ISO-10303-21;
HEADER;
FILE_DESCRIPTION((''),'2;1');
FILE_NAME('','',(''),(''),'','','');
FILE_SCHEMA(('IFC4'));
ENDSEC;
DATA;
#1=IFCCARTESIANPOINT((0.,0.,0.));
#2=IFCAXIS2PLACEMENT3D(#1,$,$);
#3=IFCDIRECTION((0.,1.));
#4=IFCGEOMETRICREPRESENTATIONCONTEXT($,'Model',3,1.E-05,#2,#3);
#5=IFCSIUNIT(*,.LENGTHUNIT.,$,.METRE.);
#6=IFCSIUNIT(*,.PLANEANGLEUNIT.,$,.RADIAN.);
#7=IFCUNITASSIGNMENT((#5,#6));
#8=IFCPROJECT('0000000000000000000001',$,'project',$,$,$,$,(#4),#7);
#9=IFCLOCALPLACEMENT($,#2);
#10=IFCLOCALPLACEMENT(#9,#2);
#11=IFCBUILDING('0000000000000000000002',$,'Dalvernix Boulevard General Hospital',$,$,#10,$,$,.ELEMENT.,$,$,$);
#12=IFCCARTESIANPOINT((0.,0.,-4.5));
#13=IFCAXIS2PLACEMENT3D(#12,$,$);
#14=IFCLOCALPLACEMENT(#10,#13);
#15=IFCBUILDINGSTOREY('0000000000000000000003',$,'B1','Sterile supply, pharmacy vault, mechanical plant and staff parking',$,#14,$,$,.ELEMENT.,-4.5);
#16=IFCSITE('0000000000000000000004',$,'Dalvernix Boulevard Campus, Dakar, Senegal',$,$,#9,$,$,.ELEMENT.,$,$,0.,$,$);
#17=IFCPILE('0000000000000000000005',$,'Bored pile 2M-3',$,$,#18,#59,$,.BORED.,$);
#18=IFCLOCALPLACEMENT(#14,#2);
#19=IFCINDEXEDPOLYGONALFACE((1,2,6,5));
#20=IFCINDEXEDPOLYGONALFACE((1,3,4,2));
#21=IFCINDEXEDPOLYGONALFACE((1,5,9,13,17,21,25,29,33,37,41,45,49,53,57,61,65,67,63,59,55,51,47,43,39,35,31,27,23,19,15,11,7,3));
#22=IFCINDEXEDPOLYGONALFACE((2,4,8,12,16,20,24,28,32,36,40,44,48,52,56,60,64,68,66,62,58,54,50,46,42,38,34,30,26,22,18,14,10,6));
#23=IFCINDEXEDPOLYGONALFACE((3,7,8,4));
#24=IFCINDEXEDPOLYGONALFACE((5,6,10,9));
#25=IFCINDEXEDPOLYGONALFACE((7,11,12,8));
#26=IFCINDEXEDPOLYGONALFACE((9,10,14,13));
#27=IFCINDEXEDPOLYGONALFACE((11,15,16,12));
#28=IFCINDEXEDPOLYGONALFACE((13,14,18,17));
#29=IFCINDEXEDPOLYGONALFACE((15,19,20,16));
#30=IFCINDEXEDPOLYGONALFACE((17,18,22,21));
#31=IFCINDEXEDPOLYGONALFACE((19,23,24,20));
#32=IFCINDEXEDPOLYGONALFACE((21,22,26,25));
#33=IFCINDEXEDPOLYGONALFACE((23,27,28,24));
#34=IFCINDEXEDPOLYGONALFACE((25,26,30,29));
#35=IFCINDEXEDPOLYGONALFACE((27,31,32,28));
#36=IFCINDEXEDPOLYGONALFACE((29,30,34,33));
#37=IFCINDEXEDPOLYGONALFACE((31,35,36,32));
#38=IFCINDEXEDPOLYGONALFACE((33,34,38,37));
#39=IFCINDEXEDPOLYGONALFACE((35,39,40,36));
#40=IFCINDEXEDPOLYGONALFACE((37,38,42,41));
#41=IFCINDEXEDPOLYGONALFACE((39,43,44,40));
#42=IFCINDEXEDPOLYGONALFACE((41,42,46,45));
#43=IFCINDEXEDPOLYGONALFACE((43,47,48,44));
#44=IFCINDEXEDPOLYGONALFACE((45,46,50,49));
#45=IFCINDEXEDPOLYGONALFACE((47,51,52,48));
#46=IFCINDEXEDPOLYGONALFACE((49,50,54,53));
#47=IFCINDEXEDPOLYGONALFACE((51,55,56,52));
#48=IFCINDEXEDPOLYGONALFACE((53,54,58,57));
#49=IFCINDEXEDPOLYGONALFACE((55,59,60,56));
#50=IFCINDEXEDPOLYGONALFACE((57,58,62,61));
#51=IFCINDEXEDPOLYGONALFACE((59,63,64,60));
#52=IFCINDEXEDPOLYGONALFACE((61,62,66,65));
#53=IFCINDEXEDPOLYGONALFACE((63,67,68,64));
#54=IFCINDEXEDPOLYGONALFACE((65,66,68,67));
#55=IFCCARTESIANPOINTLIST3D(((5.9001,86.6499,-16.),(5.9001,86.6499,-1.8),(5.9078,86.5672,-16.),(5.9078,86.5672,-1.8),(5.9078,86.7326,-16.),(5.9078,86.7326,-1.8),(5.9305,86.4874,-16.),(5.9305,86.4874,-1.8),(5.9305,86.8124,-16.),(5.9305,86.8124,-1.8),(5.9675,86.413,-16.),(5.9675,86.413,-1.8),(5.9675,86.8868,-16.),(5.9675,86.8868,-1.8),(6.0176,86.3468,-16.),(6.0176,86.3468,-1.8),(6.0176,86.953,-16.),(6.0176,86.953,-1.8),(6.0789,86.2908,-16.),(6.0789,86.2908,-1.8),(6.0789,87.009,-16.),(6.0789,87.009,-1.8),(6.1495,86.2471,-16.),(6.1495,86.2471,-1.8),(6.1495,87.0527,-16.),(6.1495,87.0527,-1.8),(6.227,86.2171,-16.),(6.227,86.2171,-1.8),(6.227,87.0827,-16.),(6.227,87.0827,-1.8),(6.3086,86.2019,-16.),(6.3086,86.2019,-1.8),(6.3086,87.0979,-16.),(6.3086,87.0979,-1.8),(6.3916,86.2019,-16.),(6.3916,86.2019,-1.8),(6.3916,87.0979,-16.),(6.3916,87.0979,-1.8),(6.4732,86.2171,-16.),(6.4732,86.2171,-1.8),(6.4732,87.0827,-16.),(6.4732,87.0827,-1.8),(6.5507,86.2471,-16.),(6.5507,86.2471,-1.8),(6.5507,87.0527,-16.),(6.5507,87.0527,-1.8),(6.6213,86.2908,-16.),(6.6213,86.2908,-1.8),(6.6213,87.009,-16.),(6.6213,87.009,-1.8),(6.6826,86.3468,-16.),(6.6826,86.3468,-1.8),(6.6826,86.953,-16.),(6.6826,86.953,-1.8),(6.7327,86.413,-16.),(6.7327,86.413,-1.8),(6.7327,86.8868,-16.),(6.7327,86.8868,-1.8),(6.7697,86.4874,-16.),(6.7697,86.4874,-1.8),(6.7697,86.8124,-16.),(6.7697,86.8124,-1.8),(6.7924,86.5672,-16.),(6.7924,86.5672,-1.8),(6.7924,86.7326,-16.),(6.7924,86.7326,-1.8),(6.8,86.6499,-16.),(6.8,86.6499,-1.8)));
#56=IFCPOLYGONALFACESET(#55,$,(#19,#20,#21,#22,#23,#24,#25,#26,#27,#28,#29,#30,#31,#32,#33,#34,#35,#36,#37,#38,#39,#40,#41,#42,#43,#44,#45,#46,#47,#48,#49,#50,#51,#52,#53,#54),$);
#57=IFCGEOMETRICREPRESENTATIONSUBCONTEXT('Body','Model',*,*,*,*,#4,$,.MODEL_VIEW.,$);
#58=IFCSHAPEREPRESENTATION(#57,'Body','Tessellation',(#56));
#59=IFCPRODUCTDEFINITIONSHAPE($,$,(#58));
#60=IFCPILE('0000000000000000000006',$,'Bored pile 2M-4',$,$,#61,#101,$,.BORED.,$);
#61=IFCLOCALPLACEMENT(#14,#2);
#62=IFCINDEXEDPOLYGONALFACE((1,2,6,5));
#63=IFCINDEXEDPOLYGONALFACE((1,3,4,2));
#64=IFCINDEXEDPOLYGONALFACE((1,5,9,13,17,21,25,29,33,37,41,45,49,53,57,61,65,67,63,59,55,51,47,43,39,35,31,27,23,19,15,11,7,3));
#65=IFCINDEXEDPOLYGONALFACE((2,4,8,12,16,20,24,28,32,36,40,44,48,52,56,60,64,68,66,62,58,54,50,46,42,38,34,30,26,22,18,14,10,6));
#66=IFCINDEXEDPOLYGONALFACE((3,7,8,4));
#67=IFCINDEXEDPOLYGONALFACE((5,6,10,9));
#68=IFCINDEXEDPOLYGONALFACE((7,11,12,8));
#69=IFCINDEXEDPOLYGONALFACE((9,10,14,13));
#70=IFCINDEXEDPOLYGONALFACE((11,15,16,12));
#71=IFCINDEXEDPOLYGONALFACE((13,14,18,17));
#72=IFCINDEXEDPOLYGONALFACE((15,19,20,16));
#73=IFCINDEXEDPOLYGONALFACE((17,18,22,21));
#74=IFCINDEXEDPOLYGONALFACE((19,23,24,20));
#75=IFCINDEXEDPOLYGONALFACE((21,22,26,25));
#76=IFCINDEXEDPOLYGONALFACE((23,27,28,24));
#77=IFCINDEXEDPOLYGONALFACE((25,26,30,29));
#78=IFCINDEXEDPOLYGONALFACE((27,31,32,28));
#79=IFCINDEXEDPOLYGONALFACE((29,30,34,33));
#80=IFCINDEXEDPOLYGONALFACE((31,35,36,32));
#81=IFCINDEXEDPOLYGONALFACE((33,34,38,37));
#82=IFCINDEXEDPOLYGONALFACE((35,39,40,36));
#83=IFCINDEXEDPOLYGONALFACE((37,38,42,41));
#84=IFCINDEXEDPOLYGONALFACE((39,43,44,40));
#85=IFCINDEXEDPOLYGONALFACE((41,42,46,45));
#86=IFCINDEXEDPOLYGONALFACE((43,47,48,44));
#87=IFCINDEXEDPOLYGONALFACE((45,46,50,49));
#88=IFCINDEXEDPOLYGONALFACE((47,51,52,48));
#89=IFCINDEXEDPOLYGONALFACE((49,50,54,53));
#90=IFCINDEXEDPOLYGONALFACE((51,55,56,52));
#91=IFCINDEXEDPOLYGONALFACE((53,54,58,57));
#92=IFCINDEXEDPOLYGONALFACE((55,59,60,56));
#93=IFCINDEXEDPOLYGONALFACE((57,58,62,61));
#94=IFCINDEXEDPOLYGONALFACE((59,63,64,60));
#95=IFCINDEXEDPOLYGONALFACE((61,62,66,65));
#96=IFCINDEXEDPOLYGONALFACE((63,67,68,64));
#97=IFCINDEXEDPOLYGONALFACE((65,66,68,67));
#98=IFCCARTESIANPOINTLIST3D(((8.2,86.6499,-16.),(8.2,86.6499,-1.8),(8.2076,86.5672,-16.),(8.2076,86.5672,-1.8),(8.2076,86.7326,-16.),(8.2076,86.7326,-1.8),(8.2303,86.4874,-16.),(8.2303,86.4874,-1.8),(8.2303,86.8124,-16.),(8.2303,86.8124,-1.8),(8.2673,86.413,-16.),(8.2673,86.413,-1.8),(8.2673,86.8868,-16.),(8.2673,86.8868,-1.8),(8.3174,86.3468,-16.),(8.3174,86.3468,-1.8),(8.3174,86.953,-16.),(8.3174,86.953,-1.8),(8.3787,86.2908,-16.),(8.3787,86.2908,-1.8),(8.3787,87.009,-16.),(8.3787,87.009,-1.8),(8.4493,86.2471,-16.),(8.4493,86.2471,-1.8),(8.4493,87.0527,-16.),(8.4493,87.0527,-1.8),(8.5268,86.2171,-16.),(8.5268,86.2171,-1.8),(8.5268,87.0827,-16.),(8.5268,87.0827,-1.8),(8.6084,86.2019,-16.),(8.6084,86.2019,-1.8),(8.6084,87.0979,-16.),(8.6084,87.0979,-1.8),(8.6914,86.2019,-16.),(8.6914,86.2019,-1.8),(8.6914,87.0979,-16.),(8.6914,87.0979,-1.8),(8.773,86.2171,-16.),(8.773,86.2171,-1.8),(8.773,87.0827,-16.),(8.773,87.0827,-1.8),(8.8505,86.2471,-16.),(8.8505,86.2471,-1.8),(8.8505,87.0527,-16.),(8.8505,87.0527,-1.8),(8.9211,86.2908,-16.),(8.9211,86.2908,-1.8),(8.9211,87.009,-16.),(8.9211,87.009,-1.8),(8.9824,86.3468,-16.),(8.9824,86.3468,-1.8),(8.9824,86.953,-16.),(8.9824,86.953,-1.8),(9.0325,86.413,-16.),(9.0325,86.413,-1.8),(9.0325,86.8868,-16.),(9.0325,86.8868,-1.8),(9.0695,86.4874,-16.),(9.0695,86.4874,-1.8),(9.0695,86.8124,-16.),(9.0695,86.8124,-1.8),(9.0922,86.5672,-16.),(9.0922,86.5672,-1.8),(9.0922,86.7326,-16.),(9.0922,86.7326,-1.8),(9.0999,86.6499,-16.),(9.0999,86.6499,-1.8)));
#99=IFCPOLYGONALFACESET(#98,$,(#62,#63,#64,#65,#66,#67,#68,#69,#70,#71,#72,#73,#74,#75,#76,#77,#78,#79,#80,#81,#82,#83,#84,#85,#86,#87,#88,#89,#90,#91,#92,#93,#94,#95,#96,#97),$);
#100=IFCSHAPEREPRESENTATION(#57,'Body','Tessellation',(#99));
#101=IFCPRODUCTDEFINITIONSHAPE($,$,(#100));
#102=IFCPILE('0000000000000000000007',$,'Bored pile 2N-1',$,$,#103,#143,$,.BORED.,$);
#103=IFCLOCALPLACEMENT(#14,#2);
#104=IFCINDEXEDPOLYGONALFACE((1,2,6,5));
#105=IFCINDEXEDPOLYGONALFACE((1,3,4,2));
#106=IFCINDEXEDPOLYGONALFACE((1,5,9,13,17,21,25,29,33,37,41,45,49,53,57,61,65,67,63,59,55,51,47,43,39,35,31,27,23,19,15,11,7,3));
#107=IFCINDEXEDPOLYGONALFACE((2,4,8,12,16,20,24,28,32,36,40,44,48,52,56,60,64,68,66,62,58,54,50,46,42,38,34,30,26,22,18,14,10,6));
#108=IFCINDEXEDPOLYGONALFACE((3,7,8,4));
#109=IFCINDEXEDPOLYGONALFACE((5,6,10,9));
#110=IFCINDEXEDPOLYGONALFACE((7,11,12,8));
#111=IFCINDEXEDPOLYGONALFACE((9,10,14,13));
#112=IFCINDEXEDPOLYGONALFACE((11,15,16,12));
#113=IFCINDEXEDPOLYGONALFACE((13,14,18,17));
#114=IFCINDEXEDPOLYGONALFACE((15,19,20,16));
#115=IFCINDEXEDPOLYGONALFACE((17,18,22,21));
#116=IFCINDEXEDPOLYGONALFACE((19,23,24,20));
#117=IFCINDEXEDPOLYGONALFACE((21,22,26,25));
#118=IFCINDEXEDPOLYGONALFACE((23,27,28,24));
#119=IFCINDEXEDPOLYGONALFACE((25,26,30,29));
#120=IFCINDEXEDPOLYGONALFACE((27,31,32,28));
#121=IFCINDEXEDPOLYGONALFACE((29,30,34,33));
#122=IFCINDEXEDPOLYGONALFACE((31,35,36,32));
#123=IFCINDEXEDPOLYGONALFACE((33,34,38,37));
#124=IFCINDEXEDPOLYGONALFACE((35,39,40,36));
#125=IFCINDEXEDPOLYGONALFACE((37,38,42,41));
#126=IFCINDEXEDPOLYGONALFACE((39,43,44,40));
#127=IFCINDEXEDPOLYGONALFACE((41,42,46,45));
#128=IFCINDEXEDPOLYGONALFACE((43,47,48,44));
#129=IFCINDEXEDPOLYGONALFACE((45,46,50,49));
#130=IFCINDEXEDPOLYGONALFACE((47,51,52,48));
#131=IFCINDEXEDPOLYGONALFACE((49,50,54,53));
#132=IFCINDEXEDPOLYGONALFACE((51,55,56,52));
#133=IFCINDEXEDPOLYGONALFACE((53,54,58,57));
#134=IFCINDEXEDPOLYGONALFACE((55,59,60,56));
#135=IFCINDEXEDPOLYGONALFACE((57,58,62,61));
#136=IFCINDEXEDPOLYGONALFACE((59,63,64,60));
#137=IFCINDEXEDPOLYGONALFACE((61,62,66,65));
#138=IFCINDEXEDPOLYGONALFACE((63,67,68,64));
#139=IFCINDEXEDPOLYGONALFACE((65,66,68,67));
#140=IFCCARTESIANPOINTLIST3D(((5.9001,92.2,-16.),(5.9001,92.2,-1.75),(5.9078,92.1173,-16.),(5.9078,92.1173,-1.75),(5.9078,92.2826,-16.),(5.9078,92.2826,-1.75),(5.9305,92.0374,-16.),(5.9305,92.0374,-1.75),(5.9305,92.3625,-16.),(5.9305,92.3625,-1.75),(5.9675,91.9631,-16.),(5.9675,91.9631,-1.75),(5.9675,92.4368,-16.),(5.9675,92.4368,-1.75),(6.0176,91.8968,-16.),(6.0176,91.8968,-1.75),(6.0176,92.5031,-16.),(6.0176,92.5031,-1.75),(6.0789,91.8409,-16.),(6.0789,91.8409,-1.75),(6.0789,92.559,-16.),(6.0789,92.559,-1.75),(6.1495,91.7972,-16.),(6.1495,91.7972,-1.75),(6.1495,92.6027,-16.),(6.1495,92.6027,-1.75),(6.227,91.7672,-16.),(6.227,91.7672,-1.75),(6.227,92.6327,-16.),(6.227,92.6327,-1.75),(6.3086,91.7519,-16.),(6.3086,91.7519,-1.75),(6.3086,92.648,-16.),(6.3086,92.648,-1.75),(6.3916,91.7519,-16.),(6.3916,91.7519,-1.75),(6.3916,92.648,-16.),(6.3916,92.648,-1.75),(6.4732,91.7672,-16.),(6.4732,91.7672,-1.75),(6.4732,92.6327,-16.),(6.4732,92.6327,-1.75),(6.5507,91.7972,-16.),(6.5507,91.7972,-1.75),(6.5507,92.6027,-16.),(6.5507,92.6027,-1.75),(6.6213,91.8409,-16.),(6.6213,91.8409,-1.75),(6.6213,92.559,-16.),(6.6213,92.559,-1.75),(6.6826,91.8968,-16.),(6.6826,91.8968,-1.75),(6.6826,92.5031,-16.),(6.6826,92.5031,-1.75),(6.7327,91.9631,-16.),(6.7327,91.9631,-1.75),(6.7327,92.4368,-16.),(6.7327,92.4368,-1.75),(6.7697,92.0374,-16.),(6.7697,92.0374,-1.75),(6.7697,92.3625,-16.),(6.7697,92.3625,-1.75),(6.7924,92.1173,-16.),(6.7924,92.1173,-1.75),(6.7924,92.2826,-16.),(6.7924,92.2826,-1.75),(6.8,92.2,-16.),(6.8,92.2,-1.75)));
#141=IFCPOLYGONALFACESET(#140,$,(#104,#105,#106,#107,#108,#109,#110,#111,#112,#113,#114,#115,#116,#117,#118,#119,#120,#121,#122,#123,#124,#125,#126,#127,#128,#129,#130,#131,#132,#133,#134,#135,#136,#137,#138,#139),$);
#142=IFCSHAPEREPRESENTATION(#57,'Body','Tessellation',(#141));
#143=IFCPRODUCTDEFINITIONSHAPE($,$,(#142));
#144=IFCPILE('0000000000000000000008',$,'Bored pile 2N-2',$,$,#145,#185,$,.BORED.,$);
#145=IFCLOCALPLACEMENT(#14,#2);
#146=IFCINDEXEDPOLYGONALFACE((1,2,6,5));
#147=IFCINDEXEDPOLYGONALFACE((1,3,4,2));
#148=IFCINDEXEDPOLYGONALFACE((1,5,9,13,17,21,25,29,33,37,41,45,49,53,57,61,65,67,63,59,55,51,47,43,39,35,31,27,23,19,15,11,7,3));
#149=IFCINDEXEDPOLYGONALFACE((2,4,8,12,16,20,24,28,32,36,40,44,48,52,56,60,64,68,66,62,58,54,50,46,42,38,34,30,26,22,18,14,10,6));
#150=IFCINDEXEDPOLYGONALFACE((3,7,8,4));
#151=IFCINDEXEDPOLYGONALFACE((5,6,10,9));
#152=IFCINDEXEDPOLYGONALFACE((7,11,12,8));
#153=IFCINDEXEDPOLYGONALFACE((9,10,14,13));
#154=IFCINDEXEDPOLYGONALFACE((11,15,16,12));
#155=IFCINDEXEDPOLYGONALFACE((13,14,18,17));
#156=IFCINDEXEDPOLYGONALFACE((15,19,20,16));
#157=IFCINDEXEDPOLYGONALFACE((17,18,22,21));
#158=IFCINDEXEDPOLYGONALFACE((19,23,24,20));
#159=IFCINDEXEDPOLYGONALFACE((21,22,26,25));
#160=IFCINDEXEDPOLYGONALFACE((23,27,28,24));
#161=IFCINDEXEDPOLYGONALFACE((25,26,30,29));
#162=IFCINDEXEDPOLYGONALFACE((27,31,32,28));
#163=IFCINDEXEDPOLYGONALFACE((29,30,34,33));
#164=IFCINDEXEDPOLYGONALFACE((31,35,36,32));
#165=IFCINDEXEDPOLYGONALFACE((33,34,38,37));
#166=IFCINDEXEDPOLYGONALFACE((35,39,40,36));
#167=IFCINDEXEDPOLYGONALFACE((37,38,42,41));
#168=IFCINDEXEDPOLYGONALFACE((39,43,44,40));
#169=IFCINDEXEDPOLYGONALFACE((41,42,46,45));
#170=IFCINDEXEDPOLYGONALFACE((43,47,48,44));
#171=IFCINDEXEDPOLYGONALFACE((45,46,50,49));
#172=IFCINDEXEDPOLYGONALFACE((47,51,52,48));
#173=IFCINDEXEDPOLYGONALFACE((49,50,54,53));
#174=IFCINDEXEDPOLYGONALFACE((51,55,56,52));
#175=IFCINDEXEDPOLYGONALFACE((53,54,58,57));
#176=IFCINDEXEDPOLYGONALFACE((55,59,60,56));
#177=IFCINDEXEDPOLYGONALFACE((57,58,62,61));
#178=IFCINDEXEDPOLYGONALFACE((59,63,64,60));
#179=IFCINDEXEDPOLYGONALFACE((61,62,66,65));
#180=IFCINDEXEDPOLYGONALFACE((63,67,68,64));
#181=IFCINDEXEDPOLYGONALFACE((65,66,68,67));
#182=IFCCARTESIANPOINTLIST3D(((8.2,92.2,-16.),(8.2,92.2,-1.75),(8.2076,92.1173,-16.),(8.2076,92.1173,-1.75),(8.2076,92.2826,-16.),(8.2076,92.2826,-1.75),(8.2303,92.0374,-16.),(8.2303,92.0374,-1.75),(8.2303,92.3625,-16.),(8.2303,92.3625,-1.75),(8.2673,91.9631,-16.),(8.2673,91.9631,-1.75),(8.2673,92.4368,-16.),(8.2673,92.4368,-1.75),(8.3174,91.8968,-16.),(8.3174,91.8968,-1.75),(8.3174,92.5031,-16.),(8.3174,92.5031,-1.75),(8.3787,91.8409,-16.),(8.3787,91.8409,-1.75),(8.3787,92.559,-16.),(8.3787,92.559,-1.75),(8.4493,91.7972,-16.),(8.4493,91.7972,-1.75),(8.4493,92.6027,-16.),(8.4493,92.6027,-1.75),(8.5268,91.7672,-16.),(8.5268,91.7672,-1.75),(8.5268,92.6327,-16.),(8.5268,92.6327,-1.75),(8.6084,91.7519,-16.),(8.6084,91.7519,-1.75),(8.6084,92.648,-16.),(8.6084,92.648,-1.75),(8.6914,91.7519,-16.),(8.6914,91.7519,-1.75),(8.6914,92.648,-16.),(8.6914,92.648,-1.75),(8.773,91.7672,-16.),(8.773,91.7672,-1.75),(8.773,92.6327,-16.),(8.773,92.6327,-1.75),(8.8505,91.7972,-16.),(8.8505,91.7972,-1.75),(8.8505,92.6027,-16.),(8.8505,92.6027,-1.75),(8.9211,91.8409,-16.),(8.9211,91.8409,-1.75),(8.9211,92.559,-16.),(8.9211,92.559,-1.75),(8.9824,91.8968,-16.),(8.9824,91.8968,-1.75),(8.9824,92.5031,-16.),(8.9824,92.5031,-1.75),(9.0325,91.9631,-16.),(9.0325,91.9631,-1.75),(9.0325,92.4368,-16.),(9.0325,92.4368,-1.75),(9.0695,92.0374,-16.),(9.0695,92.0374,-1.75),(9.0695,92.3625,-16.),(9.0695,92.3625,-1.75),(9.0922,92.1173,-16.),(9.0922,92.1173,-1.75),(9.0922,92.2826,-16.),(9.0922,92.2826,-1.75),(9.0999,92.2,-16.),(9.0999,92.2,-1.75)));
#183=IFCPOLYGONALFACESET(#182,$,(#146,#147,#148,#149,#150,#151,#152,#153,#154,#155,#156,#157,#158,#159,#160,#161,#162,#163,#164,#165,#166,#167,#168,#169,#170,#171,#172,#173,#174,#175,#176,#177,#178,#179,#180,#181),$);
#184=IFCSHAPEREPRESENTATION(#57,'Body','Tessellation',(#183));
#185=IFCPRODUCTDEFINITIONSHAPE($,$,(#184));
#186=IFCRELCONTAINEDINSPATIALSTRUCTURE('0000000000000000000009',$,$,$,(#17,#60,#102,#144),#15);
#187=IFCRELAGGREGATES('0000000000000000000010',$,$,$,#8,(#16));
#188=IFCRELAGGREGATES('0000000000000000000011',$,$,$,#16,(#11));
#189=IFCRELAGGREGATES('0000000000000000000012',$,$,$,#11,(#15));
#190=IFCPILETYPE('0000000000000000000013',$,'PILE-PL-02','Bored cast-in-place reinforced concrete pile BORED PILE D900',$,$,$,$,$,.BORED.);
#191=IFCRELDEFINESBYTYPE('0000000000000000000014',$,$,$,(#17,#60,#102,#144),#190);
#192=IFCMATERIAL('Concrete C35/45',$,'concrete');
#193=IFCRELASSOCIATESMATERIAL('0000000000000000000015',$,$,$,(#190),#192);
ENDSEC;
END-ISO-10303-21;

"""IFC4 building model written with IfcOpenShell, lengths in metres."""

from ifc_helpers import new_model, si_unit, direction, frame, origin, origin_2d, place, context, subcontext, project, spatial, circle, extrude, material, material_profile, profile_set, type_object, element, save


model = new_model("IFC4")

# Units and contexts
model_context = context("Model", 3, precision=1e-05, world=origin(), true_north=direction((0.0, 1.0)))
body_context = subcontext(model_context, "Body", "Model", "MODEL_VIEW")
ifc_project = project(units=[si_unit("LENGTHUNIT", "METRE"), si_unit("PLANEANGLEUNIT", "RADIAN")], contexts=[model_context])

# Site, building, storey
site_placement = place(None, origin())
site = spatial("IfcSite", under=ifc_project, at=site_placement, Name="Dalvernix Boulevard Campus, Dakar, Senegal", CompositionType="ELEMENT", RefElevation=0.0)
building_placement = place(site_placement, origin())
building = spatial("IfcBuilding", under=site, at=building_placement, Name="Dalvernix Boulevard General Hospital", CompositionType="ELEMENT")
storey_placement = place(building_placement, frame((0.0, 0.0, -4.5)))
storey = spatial("IfcBuildingStorey", under=building, at=storey_placement, Name="B1", Description="Sterile supply, pharmacy vault, mechanical plant and staff parking", CompositionType="ELEMENT", Elevation=-4.5)

# Shared definitions
ifc_material_1 = material(Name="Concrete C35/45", Category="concrete")

# Piles
ifc_material_profile_1 = material_profile(ifc_material_1, circle(Radius=0.45, at=origin_2d()), Name="BORED PILE D900")
ifc_profile_set_1 = profile_set([ifc_material_profile_1], Name="Concrete C35/45")
pile_type_1 = type_object("IfcPileType", Name="PILE-PL-02", Description="Bored cast-in-place reinforced concrete pile BORED PILE D900", PredefinedType="BORED", material=ifc_profile_set_1)
for number, where, z_axis, x_axis, name in (
    (1, (6.3501, 86.6499, -1.8), (0.0, 0.0, -1.0), (1.0, 0.0, 0.0), "Bored pile 2M-3"),
    (2, (8.6499, 86.6499, -1.8), (0.0, 0.0, -1.0), (1.0, 0.0, 0.0), "Bored pile 2M-4"),
):
    element("IfcPile", number, at=place(storey_placement, frame(where, z_axis=z_axis, x_axis=x_axis)), inside=storey, type_object=pile_type_1, Name=name, PredefinedType="BORED", context=body_context, shape_type="SweptSolid", body=[
        extrude(circle(Radius=0.45, at=origin_2d()), origin(), (0.0, 0.0, 1.0), 14.2),
    ])
for number, where, z_axis, x_axis, name in (
    (3, (6.3501, 92.2, -1.75), (0.0, 0.0, -1.0), (1.0, 0.0, 0.0), "Bored pile 2N-1"),
    (4, (8.6499, 92.2, -1.75), (0.0, 0.0, -1.0), (1.0, 0.0, 0.0), "Bored pile 2N-2"),
):
    element("IfcPile", number, at=place(storey_placement, frame(where, z_axis=z_axis, x_axis=x_axis)), inside=storey, type_object=pile_type_1, Name=name, PredefinedType="BORED", context=body_context, shape_type="SweptSolid", body=[
        extrude(circle(Radius=0.45, at=origin_2d()), origin(), (0.0, 0.0, 1.0), 14.25),
    ])

save(model, "model.ifc")
